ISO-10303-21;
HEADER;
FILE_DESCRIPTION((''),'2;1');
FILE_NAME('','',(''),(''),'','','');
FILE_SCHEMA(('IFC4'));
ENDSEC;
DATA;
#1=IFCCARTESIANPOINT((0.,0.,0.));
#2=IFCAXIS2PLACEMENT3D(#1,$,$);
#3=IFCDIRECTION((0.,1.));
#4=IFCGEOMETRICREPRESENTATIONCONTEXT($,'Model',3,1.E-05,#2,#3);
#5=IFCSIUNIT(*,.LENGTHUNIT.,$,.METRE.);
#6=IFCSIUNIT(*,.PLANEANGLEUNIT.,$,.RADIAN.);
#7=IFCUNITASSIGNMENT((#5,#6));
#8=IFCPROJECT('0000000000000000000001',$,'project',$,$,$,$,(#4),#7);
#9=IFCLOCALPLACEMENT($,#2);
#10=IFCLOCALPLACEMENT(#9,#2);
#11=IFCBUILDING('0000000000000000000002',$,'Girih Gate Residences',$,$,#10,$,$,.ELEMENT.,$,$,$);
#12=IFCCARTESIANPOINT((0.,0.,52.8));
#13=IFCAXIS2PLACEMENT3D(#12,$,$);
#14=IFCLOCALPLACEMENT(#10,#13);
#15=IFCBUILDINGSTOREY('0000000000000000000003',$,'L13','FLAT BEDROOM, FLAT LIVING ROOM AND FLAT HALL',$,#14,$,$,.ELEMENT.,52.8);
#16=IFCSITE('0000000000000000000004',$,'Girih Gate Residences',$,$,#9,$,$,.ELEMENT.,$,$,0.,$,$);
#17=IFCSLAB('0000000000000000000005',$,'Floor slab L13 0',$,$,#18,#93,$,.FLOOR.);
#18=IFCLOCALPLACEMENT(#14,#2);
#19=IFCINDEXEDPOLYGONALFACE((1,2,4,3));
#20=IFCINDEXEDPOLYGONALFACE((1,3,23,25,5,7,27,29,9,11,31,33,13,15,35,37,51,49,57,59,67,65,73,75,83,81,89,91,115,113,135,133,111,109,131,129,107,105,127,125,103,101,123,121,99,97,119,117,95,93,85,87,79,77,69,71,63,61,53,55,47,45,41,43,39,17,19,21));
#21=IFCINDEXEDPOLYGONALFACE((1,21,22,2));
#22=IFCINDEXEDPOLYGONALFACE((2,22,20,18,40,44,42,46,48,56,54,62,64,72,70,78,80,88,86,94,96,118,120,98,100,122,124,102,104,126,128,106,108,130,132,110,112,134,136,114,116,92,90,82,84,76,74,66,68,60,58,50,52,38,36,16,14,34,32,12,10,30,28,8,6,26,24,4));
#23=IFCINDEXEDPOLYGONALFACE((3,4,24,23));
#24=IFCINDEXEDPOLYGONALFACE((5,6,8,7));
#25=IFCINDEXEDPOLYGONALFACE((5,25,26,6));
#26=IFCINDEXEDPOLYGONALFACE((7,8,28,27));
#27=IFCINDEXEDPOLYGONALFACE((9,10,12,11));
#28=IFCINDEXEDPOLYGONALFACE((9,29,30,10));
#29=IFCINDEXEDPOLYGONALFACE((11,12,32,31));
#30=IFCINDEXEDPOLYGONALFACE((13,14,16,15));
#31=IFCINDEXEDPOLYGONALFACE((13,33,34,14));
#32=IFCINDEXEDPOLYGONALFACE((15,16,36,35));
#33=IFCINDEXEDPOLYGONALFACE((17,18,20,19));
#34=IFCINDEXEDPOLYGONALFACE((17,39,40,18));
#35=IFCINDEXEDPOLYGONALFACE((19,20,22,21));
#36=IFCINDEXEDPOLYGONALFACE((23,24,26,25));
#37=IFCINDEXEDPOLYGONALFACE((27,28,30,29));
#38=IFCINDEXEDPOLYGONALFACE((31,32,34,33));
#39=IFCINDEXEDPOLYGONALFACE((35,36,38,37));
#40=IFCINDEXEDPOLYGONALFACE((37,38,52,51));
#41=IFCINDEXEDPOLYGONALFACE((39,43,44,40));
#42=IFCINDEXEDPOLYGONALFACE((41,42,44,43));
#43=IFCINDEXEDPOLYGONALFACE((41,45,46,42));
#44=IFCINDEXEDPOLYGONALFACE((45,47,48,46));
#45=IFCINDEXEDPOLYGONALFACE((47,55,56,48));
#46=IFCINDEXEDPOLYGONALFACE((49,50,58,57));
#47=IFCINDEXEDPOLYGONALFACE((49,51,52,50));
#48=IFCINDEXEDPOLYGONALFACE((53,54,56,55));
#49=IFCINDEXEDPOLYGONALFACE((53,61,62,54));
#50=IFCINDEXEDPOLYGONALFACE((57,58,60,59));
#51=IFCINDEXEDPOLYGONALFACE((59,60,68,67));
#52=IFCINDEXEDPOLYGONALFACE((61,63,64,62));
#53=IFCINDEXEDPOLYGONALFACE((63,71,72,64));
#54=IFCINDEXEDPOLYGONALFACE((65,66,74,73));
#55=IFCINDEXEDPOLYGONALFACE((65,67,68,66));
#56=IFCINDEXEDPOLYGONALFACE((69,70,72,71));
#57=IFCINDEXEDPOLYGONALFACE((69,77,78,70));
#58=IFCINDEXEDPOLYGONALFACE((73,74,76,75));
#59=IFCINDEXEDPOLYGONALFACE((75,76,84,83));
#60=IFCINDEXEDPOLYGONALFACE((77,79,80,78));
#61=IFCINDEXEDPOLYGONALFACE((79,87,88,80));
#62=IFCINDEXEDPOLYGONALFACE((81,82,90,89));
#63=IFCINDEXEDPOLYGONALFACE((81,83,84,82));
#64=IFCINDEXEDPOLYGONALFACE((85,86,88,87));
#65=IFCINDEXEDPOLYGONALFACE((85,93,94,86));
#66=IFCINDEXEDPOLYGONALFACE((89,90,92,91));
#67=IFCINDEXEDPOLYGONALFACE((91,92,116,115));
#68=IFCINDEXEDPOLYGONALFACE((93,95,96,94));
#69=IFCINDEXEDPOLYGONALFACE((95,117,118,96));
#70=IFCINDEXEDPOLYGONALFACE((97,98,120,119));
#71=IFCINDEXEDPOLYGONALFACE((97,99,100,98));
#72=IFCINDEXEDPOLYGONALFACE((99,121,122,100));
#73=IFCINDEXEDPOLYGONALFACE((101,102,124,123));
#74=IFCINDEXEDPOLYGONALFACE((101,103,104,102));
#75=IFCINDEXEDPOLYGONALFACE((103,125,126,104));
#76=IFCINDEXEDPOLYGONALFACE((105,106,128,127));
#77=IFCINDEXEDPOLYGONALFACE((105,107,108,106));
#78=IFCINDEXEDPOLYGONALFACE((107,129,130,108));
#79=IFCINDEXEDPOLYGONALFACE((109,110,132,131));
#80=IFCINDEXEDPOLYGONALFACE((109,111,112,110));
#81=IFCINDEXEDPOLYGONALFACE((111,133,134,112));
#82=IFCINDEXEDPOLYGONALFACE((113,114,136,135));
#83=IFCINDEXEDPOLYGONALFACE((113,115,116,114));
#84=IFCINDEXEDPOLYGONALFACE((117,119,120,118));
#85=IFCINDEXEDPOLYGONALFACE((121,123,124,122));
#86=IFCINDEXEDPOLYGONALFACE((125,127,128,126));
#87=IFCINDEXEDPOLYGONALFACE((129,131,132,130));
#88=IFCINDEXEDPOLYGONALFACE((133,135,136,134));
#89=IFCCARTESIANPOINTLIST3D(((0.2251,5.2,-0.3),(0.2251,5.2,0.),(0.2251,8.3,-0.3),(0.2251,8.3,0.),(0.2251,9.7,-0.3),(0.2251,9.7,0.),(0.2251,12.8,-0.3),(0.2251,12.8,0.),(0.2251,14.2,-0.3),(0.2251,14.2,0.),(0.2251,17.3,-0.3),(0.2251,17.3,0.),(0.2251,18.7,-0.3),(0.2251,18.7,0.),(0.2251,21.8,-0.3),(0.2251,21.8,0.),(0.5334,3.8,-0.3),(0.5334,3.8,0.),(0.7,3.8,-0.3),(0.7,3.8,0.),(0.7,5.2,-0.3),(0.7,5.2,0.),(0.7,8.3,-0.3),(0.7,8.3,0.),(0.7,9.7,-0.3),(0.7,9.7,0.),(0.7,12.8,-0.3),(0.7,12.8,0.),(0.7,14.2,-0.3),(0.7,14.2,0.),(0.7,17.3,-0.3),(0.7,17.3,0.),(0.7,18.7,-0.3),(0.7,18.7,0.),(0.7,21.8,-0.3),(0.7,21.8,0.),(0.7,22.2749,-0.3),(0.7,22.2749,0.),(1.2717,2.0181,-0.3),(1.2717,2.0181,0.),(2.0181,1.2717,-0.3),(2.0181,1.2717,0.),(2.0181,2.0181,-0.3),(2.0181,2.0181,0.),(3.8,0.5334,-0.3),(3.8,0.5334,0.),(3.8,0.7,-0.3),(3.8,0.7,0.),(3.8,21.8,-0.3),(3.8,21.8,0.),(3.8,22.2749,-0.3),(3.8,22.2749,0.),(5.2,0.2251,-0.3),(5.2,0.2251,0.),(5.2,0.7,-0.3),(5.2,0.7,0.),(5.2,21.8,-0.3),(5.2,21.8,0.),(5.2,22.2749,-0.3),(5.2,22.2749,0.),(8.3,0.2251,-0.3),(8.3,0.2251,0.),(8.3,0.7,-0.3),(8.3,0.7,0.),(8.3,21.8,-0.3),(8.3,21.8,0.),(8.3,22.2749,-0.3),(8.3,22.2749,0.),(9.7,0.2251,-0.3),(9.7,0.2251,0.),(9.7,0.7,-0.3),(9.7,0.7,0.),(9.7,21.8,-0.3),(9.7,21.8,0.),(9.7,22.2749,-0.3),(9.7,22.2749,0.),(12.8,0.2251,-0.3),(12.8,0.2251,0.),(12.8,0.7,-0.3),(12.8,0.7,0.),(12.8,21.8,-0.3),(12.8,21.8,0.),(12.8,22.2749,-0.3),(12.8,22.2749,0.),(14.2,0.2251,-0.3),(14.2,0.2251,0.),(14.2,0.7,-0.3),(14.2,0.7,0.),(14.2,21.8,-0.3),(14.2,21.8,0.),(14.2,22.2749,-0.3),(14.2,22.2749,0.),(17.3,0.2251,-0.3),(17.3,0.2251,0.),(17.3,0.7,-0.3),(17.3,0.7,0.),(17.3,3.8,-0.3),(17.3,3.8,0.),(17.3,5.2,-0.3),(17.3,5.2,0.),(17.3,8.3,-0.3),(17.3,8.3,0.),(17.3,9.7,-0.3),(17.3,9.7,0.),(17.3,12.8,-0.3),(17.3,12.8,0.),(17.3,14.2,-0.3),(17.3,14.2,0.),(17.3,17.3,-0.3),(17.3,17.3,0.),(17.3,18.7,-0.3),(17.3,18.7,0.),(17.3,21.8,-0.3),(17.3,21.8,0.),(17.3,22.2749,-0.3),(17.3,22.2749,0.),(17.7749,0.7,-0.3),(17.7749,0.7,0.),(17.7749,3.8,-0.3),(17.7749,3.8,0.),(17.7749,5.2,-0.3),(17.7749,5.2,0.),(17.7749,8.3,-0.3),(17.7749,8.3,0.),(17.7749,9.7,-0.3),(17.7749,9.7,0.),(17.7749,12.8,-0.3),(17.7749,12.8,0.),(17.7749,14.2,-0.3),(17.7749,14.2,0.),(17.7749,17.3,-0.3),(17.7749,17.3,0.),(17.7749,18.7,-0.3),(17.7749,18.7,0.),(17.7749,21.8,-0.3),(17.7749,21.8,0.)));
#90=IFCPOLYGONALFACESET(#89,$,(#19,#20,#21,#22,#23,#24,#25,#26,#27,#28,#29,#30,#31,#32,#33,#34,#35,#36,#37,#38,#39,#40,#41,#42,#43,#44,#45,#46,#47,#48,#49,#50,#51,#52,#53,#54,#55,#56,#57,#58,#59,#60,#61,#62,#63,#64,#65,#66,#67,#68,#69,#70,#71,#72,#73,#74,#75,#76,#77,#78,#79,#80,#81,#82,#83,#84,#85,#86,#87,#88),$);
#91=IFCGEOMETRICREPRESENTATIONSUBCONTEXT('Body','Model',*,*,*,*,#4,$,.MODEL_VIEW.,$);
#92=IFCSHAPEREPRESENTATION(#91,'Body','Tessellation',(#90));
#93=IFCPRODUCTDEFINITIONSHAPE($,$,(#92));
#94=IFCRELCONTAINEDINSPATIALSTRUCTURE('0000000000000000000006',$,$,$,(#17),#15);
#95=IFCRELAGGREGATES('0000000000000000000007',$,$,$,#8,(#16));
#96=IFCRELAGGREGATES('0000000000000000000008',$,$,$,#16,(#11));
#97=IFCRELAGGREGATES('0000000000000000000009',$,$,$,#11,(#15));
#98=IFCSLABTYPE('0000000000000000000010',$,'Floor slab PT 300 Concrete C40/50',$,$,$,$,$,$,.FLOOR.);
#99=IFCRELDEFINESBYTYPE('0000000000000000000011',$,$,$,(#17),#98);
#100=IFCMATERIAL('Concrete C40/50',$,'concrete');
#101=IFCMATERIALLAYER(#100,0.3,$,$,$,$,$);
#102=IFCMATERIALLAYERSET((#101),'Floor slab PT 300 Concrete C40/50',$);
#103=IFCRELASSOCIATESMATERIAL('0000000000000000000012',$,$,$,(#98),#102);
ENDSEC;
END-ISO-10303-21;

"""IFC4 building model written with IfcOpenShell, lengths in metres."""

from ifc_helpers import new_model, si_unit, direction, frame, origin, place, context, subcontext, project, spatial, polyline, outline, extrude, material, layer, layer_set, type_object, element, save


model = new_model("IFC4")

# Units and contexts
model_context = context("Model", 3, precision=1e-05, world=origin(), true_north=direction((0.0, 1.0)))
body_context = subcontext(model_context, "Body", "Model", "MODEL_VIEW")
ifc_project = project(units=[si_unit("LENGTHUNIT", "METRE"), si_unit("PLANEANGLEUNIT", "RADIAN")], contexts=[model_context])

# Site, building, storey
site_placement = place(None, origin())
site = spatial("IfcSite", under=ifc_project, at=site_placement, Name="Girih Gate Residences", CompositionType="ELEMENT", RefElevation=0.0)
building_placement = place(site_placement, origin())
building = spatial("IfcBuilding", under=site, at=building_placement, Name="Girih Gate Residences", CompositionType="ELEMENT")
storey_placement = place(building_placement, frame((0.0, 0.0, 52.8)))
storey = spatial("IfcBuildingStorey", under=building, at=storey_placement, Name="L13", Description="FLAT BEDROOM, FLAT LIVING ROOM AND FLAT HALL", CompositionType="ELEMENT", Elevation=52.8)

# Slab
ifc_material_1 = material(Name="Concrete C40/50", Category="concrete")
ifc_layer_1 = layer(ifc_material_1, 0.3)
ifc_layer_set_1 = layer_set([ifc_layer_1], Name="Floor slab PT 300 Concrete C40/50")
slab_type_1 = type_object("IfcSlabType", Name="Floor slab PT 300 Concrete C40/50", PredefinedType="FLOOR", material=ifc_layer_set_1)
slab_1_placement = place(storey_placement, frame((0.0, 0.0, -0.3)))
element("IfcSlab", 1, at=slab_1_placement, inside=storey, type_object=slab_type_1, Name="Floor slab L13 0", PredefinedType="FLOOR", context=body_context, shape_type="SweptSolid", body=[
    extrude(outline(polyline([(0.2251, 8.3), (0.2251, 5.2), (0.7, 5.2), (0.7, 3.8), (0.5334, 3.8), (1.2717, 2.0181), (2.0181, 2.0181), (2.0181, 1.2717), (3.8, 0.5334), (3.8, 0.7), (5.2, 0.7), (5.2, 0.2251), (8.3, 0.2251), (8.3, 0.7), (9.7, 0.7), (9.7, 0.2251), (12.8, 0.2251), (12.8, 0.7), (14.2, 0.7), (14.2, 0.2251), (17.3, 0.2251), (17.3, 0.7), (17.7749, 0.7), (17.7749, 3.8), (17.3, 3.8), (17.3, 5.2), (17.7749, 5.2), (17.7749, 8.3), (17.3, 8.3), (17.3, 9.7), (17.7749, 9.7), (17.7749, 12.8), (17.3, 12.8), (17.3, 14.2), (17.7749, 14.2), (17.7749, 17.3), (17.3, 17.3), (17.3, 18.7), (17.7749, 18.7), (17.7749, 21.8), (17.3, 21.8), (17.3, 22.2749), (14.2, 22.2749), (14.2, 21.8), (12.8, 21.8), (12.8, 22.2749), (9.7, 22.2749), (9.7, 21.8), (8.3, 21.8), (8.3, 22.2749), (5.2, 22.2749), (5.2, 21.8), (3.8, 21.8), (3.8, 22.2749), (0.7, 22.2749), (0.7, 21.8), (0.2251, 21.8), (0.2251, 18.7), (0.7, 18.7), (0.7, 17.3), (0.2251, 17.3), (0.2251, 14.2), (0.7, 14.2), (0.7, 12.8), (0.2251, 12.8), (0.2251, 9.7), (0.7, 9.7), (0.7, 8.3), (0.2251, 8.3)])), origin(), (0.0, 0.0, 1.0), 0.3),
])

save(model, "model.ifc")
